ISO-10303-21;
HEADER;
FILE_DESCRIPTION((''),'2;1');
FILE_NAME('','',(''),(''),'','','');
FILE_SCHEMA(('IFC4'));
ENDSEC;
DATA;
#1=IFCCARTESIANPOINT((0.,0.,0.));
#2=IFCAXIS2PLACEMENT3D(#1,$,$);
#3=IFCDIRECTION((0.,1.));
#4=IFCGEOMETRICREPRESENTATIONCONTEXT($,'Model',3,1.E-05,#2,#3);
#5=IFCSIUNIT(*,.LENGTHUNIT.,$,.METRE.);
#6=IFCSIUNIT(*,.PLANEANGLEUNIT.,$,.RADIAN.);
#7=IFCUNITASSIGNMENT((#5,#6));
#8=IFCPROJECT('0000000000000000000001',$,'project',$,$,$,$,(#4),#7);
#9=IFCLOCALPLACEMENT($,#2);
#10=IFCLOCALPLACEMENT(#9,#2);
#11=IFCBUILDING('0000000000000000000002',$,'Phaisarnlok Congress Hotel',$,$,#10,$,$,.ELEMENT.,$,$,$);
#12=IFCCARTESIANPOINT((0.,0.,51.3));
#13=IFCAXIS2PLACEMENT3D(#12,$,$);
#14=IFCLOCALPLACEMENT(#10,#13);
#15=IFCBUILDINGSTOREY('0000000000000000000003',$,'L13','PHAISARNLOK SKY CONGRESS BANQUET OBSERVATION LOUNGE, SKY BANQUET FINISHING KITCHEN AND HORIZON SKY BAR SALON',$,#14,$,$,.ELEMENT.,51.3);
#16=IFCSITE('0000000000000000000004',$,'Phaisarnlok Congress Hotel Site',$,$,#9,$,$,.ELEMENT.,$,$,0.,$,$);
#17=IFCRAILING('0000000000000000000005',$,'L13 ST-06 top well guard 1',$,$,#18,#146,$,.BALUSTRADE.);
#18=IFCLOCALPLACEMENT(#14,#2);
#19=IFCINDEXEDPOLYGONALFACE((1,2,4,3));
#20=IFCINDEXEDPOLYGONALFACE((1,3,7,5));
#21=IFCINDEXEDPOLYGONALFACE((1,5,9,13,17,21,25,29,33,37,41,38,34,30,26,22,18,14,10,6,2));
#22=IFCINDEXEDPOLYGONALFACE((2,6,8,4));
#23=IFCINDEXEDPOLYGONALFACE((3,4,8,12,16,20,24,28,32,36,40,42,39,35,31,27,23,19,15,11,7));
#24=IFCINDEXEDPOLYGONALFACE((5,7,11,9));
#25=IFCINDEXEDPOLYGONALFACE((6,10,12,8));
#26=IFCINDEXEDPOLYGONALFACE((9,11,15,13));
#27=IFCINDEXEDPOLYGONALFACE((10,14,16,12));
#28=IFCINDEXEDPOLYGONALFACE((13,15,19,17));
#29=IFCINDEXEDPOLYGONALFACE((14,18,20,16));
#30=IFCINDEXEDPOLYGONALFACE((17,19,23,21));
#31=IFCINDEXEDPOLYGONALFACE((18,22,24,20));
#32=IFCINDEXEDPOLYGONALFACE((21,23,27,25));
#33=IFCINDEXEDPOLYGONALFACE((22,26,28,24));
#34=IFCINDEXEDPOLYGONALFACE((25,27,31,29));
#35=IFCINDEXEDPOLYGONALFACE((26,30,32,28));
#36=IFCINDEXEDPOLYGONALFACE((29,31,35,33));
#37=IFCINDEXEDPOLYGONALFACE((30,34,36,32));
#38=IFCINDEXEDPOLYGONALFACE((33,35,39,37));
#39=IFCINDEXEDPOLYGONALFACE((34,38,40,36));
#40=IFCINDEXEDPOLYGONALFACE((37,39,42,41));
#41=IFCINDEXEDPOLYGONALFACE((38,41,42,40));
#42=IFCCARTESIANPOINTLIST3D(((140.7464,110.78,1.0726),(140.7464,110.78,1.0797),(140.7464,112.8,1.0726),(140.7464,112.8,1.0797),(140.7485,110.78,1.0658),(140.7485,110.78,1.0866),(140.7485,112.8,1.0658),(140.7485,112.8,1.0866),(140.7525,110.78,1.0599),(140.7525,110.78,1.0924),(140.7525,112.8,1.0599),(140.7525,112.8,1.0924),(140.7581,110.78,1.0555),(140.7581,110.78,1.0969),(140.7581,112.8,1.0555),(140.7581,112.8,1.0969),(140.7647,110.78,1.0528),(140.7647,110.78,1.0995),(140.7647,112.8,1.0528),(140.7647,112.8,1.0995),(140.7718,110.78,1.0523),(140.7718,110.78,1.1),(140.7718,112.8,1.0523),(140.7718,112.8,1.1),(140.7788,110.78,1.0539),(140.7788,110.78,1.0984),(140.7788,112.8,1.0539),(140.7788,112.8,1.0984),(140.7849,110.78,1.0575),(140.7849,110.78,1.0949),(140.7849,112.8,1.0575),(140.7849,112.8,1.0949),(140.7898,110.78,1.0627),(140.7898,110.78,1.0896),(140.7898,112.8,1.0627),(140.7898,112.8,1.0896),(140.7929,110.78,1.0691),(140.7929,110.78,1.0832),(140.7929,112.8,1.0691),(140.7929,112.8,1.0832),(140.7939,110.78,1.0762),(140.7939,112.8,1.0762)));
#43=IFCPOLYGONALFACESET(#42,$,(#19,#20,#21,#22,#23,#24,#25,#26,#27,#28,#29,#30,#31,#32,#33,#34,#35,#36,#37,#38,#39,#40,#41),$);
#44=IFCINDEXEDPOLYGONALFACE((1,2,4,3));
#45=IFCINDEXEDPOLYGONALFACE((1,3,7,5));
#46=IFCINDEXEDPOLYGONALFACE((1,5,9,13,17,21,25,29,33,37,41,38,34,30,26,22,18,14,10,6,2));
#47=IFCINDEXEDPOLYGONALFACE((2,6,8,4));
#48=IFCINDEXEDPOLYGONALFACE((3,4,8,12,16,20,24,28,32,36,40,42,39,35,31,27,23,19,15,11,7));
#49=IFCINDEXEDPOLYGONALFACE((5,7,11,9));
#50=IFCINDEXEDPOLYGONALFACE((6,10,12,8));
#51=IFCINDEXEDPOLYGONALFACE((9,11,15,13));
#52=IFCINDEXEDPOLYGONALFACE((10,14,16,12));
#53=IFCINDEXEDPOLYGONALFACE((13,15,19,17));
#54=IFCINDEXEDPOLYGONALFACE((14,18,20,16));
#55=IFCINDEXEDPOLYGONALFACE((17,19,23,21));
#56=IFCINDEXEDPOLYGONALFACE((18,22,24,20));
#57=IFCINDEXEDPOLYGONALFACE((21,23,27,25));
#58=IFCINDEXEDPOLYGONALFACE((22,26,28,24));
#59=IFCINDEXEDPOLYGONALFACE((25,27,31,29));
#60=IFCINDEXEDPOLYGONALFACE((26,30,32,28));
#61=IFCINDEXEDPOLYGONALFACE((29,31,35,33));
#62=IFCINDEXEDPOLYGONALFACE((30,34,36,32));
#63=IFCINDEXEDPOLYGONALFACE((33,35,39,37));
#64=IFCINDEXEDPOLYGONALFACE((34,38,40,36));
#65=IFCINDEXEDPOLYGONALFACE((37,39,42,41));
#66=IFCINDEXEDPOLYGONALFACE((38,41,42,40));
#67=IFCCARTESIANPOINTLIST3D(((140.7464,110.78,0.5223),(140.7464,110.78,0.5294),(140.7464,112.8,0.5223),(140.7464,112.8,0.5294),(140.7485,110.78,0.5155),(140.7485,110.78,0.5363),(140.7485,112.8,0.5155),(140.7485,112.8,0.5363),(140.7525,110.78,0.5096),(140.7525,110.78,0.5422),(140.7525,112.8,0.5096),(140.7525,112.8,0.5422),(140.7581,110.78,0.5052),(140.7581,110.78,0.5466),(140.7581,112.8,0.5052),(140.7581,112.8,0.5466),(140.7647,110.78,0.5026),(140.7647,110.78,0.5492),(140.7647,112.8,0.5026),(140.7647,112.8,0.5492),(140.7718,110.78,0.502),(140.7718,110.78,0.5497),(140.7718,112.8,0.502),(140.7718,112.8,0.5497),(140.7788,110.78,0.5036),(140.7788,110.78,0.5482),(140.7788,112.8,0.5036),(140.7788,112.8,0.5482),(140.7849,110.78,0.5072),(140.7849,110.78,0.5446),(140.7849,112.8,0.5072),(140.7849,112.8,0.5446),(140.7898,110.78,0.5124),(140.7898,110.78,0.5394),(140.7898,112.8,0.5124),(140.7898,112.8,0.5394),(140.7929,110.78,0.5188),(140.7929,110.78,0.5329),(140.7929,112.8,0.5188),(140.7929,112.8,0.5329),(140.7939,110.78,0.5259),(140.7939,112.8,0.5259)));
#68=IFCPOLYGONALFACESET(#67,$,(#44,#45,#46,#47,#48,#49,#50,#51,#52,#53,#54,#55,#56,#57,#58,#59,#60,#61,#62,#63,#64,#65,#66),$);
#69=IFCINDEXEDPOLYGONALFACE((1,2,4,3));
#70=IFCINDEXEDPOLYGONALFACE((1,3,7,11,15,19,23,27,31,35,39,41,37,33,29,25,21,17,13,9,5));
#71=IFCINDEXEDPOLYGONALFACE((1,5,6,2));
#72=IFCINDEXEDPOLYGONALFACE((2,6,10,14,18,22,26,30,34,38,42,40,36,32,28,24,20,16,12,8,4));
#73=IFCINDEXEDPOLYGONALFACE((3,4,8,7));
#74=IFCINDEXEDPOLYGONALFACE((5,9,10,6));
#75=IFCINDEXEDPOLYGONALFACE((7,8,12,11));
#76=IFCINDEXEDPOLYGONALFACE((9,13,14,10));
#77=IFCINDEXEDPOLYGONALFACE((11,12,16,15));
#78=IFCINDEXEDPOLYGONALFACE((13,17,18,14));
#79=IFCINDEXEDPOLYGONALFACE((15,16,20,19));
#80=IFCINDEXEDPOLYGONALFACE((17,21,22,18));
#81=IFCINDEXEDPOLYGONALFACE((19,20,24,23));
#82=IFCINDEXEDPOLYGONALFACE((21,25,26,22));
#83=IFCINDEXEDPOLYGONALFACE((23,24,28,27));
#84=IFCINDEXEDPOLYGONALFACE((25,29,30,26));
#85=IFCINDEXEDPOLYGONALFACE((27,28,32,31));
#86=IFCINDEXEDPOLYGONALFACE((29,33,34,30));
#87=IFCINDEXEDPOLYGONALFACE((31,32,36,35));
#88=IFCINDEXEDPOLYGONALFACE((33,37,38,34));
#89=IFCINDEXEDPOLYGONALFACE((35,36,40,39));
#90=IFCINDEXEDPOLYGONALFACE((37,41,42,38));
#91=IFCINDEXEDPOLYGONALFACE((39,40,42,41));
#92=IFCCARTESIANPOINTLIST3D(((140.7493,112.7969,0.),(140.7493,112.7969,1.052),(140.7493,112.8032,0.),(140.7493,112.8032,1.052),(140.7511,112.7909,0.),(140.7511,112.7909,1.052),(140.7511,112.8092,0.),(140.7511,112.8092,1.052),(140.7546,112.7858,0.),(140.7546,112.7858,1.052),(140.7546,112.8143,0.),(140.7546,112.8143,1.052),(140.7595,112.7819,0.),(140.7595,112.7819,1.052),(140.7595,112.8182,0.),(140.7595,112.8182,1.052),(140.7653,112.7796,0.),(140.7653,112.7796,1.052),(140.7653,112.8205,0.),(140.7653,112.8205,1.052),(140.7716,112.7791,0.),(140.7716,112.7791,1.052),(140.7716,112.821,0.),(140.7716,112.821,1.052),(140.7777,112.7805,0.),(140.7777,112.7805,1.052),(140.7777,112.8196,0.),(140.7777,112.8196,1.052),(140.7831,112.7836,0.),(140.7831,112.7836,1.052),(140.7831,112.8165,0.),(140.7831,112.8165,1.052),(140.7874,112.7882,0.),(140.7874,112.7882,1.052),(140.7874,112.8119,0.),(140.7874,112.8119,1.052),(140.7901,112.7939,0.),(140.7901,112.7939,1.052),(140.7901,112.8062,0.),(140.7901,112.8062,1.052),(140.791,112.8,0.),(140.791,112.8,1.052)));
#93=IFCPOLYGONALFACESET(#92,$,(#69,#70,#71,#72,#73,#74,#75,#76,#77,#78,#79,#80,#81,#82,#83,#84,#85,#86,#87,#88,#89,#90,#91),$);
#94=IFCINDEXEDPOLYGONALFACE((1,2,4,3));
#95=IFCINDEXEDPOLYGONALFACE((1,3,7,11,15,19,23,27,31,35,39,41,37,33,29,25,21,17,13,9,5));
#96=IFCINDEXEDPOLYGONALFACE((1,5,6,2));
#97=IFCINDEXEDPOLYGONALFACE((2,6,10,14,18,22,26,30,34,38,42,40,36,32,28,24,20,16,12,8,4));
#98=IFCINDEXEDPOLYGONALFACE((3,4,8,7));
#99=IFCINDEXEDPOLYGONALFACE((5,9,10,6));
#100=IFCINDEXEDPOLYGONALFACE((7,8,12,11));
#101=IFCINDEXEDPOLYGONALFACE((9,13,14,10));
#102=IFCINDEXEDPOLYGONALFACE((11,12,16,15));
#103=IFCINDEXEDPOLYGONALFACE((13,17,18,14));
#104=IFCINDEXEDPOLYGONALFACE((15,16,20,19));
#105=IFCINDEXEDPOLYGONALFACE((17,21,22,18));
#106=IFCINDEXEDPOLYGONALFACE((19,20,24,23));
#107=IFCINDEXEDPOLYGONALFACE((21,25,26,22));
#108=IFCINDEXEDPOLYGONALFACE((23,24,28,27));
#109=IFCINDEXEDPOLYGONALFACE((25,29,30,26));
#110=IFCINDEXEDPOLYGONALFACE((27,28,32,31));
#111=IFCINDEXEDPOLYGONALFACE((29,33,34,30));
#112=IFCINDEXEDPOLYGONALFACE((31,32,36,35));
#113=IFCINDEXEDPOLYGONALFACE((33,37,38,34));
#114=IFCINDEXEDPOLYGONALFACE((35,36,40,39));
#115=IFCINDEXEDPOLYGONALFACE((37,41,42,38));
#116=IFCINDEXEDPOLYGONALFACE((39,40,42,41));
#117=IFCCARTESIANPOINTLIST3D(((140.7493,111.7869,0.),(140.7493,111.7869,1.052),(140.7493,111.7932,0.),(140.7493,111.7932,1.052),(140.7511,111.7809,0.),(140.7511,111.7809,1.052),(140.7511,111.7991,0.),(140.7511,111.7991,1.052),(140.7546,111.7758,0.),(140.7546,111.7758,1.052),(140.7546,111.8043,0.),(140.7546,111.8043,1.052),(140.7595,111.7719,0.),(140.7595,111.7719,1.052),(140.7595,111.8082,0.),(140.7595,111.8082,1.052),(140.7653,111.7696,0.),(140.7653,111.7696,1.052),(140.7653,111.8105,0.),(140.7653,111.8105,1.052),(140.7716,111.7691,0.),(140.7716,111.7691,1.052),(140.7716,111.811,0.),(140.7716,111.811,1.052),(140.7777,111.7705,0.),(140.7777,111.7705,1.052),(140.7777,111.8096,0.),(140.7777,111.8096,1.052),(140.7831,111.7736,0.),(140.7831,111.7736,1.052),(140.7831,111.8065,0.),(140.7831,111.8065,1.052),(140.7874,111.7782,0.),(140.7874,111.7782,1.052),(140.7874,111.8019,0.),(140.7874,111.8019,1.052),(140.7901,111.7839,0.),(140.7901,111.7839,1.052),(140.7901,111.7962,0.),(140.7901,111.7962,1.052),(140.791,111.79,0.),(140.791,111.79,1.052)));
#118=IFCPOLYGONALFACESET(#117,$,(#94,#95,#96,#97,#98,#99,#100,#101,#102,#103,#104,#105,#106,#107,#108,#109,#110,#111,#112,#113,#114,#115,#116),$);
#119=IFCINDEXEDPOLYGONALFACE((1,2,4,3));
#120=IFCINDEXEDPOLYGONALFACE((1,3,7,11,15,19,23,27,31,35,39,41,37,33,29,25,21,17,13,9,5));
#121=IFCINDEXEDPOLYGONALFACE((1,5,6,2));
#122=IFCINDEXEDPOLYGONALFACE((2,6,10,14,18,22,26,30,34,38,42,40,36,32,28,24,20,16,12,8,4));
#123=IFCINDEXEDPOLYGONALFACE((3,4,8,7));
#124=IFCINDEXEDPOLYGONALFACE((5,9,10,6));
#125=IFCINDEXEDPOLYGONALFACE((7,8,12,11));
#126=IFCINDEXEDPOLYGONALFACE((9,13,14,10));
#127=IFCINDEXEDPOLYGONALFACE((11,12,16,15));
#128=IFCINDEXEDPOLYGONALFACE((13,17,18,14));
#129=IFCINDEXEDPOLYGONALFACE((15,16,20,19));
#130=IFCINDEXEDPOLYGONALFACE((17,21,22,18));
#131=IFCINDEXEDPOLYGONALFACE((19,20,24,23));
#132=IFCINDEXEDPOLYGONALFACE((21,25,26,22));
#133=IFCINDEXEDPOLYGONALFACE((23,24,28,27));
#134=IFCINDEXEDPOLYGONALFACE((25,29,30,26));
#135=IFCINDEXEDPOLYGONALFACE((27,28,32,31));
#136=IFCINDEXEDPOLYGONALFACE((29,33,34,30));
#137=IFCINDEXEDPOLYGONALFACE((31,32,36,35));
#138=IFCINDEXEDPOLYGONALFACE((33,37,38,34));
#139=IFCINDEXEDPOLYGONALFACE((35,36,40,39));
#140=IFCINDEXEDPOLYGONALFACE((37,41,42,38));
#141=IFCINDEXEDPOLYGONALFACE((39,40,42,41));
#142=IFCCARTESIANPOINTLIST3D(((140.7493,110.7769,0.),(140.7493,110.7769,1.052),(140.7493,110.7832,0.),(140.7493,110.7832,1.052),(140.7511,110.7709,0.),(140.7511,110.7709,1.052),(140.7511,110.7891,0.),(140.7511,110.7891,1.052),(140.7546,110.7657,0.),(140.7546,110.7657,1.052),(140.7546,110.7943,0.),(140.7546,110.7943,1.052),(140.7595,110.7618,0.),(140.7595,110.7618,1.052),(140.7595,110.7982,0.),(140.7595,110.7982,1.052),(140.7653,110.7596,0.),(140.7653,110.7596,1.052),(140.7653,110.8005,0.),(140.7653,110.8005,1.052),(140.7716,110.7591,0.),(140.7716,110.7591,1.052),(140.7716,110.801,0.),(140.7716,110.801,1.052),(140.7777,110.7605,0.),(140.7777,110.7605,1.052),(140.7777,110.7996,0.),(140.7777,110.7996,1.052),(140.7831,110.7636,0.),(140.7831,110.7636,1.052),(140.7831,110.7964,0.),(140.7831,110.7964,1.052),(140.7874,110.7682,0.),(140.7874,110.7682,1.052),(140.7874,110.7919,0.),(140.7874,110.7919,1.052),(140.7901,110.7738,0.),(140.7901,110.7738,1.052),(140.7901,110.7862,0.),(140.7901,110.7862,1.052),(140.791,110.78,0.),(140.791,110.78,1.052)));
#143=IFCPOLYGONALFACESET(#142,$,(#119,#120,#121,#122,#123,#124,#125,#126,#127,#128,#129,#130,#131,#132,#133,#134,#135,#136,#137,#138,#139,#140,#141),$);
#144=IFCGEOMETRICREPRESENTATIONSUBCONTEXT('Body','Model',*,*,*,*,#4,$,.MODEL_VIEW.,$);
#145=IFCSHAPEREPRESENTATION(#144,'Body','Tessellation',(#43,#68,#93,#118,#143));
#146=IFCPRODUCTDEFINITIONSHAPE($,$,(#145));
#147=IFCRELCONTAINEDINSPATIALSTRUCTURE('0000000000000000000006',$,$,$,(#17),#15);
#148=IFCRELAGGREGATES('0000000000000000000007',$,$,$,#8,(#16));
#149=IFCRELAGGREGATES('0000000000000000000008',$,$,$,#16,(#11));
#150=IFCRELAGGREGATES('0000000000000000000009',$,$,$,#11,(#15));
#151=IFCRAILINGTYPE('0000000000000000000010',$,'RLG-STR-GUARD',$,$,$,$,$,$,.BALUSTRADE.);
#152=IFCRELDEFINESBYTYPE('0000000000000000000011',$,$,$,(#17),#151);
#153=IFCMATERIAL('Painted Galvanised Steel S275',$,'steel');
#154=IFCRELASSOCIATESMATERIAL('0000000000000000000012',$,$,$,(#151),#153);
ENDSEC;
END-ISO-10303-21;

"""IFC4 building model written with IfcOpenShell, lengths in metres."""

from ifc_helpers import new_model, si_unit, direction, frame, origin, origin_2d, place, context, subcontext, project, spatial, circle, extrude, material, type_object, element, save


model = new_model("IFC4")

# Units and contexts
model_context = context("Model", 3, precision=1e-05, world=origin(), true_north=direction((0.0, 1.0)))
body_context = subcontext(model_context, "Body", "Model", "MODEL_VIEW")
ifc_project = project(units=[si_unit("LENGTHUNIT", "METRE"), si_unit("PLANEANGLEUNIT", "RADIAN")], contexts=[model_context])

# Site, building, storey
site_placement = place(None, origin())
site = spatial("IfcSite", under=ifc_project, at=site_placement, Name="Phaisarnlok Congress Hotel Site", CompositionType="ELEMENT", RefElevation=0.0)
building_placement = place(site_placement, origin())
building = spatial("IfcBuilding", under=site, at=building_placement, Name="Phaisarnlok Congress Hotel", CompositionType="ELEMENT")
storey_placement = place(building_placement, frame((0.0, 0.0, 51.3)))
storey = spatial("IfcBuildingStorey", under=building, at=storey_placement, Name="L13", Description="PHAISARNLOK SKY CONGRESS BANQUET OBSERVATION LOUNGE, SKY BANQUET FINISHING KITCHEN AND HORIZON SKY BAR SALON", CompositionType="ELEMENT", Elevation=51.3)

# Railing
ifc_material_1 = material(Name="Painted Galvanised Steel S275", Category="steel")
railing_type = type_object("IfcRailingType", Name="RLG-STR-GUARD", PredefinedType="BALUSTRADE", material=ifc_material_1)
railing_placement = place(storey_placement, frame((140.77, 112.8, 0.0)))
element("IfcRailing", 1, at=railing_placement, inside=storey, type_object=railing_type, Name="L13 ST-06 top well guard 1", PredefinedType="BALUSTRADE", context=body_context, shape_type="SweptSolid", body=[
    extrude(circle(Radius=0.0239, at=origin_2d()), frame((0.0, 0.0, 1.0762), z_axis=(0.0, -1.0, 0.0), x_axis=(1.0, 0.0, 0.0)), (0.0, 0.0, 1.0), 2.02),
    extrude(circle(Radius=0.0239, at=origin_2d()), frame((0.0, 0.0, 0.5259), z_axis=(0.0, -1.0, 0.0), x_axis=(1.0, 0.0, 0.0)), (0.0, 0.0, 1.0), 2.02),
    extrude(circle(Radius=0.021, at=origin_2d()), origin(), (0.0, 0.0, 1.0), 1.052),
    extrude(circle(Radius=0.021, at=origin_2d()), frame((0.0, -1.01, 0.0)), (0.0, 0.0, 1.0), 1.052),
    extrude(circle(Radius=0.021, at=origin_2d()), frame((0.0, -2.02, 0.0)), (0.0, 0.0, 1.0), 1.052),
])

save(model, "model.ifc")
